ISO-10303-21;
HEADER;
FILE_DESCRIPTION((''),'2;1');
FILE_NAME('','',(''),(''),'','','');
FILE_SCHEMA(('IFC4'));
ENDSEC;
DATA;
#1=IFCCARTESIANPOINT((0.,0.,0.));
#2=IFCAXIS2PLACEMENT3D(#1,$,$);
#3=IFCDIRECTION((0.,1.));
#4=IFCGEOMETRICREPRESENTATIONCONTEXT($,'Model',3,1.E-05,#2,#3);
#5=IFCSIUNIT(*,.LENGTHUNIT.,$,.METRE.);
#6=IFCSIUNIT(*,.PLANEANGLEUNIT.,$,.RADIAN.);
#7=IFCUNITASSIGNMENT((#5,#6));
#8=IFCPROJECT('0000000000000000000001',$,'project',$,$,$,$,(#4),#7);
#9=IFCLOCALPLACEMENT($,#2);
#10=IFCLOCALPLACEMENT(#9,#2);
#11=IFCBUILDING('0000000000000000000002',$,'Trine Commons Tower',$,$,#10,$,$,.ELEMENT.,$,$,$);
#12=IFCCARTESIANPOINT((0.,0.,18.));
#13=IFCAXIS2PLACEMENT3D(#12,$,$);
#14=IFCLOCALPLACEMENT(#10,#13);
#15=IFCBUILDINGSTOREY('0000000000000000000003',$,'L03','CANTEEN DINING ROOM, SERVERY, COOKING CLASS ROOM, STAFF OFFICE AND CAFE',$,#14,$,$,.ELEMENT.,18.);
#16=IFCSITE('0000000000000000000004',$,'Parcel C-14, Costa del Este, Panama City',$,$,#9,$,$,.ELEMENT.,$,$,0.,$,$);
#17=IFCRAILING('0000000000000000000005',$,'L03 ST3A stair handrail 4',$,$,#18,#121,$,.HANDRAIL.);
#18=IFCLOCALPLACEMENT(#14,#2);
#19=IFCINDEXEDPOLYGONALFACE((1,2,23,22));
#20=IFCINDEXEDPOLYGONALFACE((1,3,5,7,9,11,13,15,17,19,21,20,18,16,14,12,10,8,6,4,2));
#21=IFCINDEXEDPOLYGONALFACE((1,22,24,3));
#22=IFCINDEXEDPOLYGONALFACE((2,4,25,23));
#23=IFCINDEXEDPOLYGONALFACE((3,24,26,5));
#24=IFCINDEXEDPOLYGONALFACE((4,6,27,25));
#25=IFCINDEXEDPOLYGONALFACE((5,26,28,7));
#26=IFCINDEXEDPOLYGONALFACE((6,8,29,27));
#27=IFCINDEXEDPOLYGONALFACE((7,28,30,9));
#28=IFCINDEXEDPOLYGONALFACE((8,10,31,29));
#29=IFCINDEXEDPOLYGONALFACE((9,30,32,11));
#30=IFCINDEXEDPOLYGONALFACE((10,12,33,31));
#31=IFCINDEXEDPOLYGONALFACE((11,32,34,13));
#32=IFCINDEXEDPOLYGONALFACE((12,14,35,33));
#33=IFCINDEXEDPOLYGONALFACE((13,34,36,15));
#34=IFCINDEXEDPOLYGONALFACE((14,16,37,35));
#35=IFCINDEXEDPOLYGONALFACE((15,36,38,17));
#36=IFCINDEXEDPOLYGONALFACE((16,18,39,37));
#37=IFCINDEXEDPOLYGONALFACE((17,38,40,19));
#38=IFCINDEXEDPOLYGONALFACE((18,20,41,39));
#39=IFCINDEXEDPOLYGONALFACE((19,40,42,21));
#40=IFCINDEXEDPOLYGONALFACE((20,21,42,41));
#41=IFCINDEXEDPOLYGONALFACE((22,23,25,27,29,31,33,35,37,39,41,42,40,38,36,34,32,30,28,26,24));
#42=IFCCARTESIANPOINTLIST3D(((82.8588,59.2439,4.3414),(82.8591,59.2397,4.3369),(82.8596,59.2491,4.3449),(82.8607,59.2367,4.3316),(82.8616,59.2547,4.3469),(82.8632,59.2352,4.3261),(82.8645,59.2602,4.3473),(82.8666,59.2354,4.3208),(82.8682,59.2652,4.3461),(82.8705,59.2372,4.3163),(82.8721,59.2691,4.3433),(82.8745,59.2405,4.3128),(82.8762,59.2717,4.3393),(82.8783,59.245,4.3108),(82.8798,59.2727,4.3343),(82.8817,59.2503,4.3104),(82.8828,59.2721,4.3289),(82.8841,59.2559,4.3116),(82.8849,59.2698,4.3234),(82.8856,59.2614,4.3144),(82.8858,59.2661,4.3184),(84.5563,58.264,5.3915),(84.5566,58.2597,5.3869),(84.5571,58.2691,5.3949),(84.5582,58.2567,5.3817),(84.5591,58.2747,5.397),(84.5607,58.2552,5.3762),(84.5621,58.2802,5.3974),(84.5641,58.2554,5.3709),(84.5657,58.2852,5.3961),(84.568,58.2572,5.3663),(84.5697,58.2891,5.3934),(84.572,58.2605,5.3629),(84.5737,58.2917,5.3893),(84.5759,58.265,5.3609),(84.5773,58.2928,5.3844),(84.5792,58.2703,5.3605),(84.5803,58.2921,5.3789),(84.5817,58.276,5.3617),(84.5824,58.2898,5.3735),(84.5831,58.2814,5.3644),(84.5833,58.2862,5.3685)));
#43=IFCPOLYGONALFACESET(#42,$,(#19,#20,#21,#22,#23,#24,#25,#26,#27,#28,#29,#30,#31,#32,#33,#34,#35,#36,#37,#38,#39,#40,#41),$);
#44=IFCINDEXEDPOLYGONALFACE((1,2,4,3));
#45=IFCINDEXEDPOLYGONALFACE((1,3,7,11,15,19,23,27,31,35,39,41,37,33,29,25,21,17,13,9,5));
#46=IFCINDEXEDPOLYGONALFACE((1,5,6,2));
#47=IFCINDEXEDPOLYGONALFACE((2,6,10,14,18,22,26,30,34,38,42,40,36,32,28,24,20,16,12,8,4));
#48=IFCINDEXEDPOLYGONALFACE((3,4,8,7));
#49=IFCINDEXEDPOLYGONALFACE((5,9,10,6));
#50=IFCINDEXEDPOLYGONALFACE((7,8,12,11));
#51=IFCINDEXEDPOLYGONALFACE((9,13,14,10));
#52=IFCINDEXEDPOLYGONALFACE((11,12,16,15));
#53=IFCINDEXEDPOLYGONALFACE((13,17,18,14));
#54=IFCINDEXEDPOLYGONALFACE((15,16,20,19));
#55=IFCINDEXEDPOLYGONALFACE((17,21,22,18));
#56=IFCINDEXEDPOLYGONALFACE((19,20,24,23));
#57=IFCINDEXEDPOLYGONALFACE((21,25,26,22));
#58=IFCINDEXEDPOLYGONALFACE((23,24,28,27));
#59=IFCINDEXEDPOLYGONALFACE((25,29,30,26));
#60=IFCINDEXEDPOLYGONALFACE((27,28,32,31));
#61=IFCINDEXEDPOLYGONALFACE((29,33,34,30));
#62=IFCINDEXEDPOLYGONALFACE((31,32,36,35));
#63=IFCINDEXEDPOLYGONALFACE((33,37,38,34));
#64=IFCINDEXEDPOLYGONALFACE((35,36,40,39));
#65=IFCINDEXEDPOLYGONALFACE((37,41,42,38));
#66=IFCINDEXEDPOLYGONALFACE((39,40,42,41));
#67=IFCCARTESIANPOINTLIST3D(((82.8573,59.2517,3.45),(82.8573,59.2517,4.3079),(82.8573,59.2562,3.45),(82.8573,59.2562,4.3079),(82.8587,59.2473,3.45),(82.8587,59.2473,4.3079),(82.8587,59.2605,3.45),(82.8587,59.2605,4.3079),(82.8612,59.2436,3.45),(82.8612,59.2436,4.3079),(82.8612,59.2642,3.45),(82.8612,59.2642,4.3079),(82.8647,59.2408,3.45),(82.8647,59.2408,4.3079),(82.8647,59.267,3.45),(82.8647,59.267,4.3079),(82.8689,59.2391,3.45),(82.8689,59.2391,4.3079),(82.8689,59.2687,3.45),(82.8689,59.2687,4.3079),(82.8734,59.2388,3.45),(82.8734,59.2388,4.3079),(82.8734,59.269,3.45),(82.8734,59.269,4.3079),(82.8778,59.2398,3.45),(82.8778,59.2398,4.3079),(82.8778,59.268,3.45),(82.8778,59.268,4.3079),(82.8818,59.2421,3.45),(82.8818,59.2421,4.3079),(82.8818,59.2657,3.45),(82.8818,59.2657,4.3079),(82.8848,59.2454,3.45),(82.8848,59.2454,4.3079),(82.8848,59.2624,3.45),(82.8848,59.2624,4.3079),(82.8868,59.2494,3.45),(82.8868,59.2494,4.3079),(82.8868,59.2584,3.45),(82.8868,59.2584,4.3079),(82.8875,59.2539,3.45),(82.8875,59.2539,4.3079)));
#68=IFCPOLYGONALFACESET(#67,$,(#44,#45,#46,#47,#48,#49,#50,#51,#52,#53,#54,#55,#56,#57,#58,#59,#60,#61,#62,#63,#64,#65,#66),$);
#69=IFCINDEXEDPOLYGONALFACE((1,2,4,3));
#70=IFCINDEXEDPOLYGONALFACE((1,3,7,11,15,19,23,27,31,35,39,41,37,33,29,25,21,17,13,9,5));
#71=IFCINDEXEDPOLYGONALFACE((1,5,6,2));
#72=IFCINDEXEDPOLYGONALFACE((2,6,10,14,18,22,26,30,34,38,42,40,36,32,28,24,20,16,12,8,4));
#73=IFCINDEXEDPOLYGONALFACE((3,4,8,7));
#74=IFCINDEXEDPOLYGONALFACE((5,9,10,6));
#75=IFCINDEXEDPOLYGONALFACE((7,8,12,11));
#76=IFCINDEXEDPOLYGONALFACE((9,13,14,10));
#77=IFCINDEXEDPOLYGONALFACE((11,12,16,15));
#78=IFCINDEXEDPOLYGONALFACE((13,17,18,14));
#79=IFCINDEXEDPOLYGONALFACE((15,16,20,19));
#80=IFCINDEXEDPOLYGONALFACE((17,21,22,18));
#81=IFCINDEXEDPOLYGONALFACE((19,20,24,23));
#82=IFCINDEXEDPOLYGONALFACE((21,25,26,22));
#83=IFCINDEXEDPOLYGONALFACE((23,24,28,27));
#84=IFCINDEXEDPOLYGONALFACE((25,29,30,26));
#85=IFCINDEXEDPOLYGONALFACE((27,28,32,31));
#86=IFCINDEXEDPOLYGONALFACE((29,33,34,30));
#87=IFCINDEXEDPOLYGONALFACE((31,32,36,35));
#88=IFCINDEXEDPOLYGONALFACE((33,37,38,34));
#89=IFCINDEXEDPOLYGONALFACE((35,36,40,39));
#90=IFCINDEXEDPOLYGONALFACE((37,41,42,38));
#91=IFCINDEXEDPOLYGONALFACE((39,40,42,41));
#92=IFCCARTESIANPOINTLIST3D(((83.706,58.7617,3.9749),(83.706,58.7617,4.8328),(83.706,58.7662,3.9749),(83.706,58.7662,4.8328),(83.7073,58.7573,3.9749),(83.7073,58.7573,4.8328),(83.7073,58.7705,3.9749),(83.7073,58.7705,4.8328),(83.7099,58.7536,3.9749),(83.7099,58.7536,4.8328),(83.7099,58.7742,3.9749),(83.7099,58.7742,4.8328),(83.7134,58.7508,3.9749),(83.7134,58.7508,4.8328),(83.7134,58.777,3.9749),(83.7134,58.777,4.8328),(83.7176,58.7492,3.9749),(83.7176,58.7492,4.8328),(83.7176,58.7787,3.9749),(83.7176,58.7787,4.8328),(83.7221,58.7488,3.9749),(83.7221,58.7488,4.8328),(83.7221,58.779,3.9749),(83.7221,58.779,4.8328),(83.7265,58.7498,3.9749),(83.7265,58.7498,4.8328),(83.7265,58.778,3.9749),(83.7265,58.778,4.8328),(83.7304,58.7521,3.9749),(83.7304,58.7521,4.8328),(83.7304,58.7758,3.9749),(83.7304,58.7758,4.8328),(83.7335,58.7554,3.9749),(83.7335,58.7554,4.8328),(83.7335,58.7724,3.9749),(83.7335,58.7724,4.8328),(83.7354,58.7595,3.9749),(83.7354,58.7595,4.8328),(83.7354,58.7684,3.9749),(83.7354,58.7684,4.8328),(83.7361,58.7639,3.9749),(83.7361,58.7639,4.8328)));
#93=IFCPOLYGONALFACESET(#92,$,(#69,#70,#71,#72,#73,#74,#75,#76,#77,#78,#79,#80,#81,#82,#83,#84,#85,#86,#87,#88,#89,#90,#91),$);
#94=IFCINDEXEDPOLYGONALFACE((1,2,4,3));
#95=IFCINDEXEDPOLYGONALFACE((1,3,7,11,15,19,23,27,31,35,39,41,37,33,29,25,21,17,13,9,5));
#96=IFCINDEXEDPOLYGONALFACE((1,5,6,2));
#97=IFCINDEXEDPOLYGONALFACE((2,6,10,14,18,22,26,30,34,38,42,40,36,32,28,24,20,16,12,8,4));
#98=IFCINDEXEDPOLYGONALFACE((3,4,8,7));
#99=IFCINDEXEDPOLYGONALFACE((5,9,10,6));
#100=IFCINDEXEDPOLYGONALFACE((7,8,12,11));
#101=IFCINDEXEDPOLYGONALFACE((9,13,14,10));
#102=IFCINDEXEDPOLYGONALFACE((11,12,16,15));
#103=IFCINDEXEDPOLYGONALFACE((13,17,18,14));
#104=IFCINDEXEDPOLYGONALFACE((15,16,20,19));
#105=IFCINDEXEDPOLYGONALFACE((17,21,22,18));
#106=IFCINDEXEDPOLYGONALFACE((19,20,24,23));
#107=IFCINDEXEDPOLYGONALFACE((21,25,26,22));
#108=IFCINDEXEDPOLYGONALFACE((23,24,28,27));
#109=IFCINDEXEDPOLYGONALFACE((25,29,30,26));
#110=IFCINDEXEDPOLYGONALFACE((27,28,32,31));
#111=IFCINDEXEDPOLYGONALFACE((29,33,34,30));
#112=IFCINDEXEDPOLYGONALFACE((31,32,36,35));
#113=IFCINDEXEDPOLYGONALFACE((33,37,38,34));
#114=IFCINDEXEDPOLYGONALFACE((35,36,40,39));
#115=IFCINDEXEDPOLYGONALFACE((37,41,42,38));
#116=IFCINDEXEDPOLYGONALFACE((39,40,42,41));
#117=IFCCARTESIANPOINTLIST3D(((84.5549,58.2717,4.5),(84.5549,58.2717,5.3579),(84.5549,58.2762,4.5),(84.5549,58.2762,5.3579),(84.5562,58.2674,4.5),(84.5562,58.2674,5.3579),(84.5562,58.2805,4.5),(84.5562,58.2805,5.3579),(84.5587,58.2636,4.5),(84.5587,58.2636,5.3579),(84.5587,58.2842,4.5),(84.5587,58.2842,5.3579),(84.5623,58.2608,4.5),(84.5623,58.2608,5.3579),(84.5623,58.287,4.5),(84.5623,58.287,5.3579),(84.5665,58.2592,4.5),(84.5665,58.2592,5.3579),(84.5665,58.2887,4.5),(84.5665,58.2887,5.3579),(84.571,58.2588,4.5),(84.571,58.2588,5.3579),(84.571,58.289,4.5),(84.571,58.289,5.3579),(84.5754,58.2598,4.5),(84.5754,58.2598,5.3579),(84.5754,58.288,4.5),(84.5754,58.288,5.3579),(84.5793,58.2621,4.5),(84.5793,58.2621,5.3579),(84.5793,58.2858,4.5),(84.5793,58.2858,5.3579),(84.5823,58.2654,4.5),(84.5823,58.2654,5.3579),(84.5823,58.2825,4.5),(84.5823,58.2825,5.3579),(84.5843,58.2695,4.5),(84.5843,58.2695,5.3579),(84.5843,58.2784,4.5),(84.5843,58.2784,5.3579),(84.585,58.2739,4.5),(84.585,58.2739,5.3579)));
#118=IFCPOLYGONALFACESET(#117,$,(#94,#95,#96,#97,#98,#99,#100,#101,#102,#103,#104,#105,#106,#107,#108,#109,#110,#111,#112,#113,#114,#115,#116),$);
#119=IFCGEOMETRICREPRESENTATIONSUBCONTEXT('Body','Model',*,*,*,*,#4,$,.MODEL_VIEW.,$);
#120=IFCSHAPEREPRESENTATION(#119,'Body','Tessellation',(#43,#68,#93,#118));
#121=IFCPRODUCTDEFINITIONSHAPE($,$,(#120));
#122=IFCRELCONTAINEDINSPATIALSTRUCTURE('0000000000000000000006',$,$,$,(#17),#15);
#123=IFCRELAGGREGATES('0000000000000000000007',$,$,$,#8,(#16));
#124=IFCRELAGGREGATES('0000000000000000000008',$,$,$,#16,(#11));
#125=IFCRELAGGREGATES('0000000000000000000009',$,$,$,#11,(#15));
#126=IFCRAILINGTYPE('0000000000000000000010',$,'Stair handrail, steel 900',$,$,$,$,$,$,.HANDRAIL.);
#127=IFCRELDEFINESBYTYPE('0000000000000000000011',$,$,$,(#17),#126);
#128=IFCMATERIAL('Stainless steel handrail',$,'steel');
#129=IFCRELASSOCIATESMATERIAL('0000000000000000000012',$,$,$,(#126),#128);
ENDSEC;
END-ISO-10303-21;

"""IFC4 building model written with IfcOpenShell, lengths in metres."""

from ifc_helpers import new_model, si_unit, direction, frame, origin, origin_2d, place, context, subcontext, project, spatial, circle, extrude, material, type_object, element, save


model = new_model("IFC4")

# Units and contexts
model_context = context("Model", 3, precision=1e-05, world=origin(), true_north=direction((0.0, 1.0)))
body_context = subcontext(model_context, "Body", "Model", "MODEL_VIEW")
ifc_project = project(units=[si_unit("LENGTHUNIT", "METRE"), si_unit("PLANEANGLEUNIT", "RADIAN")], contexts=[model_context])

# Site, building, storey
site_placement = place(None, origin())
site = spatial("IfcSite", under=ifc_project, at=site_placement, Name="Parcel C-14, Costa del Este, Panama City", CompositionType="ELEMENT", RefElevation=0.0)
building_placement = place(site_placement, origin())
building = spatial("IfcBuilding", under=site, at=building_placement, Name="Trine Commons Tower", CompositionType="ELEMENT")
storey_placement = place(building_placement, frame((0.0, 0.0, 18.0)))
storey = spatial("IfcBuildingStorey", under=building, at=storey_placement, Name="L03", Description="CANTEEN DINING ROOM, SERVERY, COOKING CLASS ROOM, STAFF OFFICE AND CAFE", CompositionType="ELEMENT", Elevation=18.0)

# Railing
ifc_material_1 = material(Name="Stainless steel handrail", Category="steel")
railing_type_1 = type_object("IfcRailingType", Name="Stair handrail, steel 900", PredefinedType="HANDRAIL", material=ifc_material_1)
railing_1_placement = place(storey_placement, frame((82.8723, 59.2539, 3.45)))
element("IfcRailing", 1, at=railing_1_placement, inside=storey, type_object=railing_type_1, Name="L03 ST3A stair handrail 4", PredefinedType="HANDRAIL", context=body_context, shape_type="SweptSolid", body=[
    extrude(circle(Radius=0.021, at=origin_2d()), frame((0.0, 0.0, 0.8789), z_axis=(0.763398, -0.440713, 0.472224), x_axis=(0.49997, 0.866042, 0.0)), (0.0, 0.0, 1.0), 2.2236),
    extrude(circle(Radius=0.0151, at=origin_2d()), origin(), (0.0, 0.0, 1.0), 0.8579),
    extrude(circle(Radius=0.0151, at=origin_2d()), frame((0.8486, -0.49, 0.5249)), (0.0, 0.0, 1.0), 0.8579),
    extrude(circle(Radius=0.0151, at=origin_2d()), frame((1.6975, -0.98, 1.05)), (0.0, 0.0, 1.0), 0.8579),
])

save(model, "model.ifc")
